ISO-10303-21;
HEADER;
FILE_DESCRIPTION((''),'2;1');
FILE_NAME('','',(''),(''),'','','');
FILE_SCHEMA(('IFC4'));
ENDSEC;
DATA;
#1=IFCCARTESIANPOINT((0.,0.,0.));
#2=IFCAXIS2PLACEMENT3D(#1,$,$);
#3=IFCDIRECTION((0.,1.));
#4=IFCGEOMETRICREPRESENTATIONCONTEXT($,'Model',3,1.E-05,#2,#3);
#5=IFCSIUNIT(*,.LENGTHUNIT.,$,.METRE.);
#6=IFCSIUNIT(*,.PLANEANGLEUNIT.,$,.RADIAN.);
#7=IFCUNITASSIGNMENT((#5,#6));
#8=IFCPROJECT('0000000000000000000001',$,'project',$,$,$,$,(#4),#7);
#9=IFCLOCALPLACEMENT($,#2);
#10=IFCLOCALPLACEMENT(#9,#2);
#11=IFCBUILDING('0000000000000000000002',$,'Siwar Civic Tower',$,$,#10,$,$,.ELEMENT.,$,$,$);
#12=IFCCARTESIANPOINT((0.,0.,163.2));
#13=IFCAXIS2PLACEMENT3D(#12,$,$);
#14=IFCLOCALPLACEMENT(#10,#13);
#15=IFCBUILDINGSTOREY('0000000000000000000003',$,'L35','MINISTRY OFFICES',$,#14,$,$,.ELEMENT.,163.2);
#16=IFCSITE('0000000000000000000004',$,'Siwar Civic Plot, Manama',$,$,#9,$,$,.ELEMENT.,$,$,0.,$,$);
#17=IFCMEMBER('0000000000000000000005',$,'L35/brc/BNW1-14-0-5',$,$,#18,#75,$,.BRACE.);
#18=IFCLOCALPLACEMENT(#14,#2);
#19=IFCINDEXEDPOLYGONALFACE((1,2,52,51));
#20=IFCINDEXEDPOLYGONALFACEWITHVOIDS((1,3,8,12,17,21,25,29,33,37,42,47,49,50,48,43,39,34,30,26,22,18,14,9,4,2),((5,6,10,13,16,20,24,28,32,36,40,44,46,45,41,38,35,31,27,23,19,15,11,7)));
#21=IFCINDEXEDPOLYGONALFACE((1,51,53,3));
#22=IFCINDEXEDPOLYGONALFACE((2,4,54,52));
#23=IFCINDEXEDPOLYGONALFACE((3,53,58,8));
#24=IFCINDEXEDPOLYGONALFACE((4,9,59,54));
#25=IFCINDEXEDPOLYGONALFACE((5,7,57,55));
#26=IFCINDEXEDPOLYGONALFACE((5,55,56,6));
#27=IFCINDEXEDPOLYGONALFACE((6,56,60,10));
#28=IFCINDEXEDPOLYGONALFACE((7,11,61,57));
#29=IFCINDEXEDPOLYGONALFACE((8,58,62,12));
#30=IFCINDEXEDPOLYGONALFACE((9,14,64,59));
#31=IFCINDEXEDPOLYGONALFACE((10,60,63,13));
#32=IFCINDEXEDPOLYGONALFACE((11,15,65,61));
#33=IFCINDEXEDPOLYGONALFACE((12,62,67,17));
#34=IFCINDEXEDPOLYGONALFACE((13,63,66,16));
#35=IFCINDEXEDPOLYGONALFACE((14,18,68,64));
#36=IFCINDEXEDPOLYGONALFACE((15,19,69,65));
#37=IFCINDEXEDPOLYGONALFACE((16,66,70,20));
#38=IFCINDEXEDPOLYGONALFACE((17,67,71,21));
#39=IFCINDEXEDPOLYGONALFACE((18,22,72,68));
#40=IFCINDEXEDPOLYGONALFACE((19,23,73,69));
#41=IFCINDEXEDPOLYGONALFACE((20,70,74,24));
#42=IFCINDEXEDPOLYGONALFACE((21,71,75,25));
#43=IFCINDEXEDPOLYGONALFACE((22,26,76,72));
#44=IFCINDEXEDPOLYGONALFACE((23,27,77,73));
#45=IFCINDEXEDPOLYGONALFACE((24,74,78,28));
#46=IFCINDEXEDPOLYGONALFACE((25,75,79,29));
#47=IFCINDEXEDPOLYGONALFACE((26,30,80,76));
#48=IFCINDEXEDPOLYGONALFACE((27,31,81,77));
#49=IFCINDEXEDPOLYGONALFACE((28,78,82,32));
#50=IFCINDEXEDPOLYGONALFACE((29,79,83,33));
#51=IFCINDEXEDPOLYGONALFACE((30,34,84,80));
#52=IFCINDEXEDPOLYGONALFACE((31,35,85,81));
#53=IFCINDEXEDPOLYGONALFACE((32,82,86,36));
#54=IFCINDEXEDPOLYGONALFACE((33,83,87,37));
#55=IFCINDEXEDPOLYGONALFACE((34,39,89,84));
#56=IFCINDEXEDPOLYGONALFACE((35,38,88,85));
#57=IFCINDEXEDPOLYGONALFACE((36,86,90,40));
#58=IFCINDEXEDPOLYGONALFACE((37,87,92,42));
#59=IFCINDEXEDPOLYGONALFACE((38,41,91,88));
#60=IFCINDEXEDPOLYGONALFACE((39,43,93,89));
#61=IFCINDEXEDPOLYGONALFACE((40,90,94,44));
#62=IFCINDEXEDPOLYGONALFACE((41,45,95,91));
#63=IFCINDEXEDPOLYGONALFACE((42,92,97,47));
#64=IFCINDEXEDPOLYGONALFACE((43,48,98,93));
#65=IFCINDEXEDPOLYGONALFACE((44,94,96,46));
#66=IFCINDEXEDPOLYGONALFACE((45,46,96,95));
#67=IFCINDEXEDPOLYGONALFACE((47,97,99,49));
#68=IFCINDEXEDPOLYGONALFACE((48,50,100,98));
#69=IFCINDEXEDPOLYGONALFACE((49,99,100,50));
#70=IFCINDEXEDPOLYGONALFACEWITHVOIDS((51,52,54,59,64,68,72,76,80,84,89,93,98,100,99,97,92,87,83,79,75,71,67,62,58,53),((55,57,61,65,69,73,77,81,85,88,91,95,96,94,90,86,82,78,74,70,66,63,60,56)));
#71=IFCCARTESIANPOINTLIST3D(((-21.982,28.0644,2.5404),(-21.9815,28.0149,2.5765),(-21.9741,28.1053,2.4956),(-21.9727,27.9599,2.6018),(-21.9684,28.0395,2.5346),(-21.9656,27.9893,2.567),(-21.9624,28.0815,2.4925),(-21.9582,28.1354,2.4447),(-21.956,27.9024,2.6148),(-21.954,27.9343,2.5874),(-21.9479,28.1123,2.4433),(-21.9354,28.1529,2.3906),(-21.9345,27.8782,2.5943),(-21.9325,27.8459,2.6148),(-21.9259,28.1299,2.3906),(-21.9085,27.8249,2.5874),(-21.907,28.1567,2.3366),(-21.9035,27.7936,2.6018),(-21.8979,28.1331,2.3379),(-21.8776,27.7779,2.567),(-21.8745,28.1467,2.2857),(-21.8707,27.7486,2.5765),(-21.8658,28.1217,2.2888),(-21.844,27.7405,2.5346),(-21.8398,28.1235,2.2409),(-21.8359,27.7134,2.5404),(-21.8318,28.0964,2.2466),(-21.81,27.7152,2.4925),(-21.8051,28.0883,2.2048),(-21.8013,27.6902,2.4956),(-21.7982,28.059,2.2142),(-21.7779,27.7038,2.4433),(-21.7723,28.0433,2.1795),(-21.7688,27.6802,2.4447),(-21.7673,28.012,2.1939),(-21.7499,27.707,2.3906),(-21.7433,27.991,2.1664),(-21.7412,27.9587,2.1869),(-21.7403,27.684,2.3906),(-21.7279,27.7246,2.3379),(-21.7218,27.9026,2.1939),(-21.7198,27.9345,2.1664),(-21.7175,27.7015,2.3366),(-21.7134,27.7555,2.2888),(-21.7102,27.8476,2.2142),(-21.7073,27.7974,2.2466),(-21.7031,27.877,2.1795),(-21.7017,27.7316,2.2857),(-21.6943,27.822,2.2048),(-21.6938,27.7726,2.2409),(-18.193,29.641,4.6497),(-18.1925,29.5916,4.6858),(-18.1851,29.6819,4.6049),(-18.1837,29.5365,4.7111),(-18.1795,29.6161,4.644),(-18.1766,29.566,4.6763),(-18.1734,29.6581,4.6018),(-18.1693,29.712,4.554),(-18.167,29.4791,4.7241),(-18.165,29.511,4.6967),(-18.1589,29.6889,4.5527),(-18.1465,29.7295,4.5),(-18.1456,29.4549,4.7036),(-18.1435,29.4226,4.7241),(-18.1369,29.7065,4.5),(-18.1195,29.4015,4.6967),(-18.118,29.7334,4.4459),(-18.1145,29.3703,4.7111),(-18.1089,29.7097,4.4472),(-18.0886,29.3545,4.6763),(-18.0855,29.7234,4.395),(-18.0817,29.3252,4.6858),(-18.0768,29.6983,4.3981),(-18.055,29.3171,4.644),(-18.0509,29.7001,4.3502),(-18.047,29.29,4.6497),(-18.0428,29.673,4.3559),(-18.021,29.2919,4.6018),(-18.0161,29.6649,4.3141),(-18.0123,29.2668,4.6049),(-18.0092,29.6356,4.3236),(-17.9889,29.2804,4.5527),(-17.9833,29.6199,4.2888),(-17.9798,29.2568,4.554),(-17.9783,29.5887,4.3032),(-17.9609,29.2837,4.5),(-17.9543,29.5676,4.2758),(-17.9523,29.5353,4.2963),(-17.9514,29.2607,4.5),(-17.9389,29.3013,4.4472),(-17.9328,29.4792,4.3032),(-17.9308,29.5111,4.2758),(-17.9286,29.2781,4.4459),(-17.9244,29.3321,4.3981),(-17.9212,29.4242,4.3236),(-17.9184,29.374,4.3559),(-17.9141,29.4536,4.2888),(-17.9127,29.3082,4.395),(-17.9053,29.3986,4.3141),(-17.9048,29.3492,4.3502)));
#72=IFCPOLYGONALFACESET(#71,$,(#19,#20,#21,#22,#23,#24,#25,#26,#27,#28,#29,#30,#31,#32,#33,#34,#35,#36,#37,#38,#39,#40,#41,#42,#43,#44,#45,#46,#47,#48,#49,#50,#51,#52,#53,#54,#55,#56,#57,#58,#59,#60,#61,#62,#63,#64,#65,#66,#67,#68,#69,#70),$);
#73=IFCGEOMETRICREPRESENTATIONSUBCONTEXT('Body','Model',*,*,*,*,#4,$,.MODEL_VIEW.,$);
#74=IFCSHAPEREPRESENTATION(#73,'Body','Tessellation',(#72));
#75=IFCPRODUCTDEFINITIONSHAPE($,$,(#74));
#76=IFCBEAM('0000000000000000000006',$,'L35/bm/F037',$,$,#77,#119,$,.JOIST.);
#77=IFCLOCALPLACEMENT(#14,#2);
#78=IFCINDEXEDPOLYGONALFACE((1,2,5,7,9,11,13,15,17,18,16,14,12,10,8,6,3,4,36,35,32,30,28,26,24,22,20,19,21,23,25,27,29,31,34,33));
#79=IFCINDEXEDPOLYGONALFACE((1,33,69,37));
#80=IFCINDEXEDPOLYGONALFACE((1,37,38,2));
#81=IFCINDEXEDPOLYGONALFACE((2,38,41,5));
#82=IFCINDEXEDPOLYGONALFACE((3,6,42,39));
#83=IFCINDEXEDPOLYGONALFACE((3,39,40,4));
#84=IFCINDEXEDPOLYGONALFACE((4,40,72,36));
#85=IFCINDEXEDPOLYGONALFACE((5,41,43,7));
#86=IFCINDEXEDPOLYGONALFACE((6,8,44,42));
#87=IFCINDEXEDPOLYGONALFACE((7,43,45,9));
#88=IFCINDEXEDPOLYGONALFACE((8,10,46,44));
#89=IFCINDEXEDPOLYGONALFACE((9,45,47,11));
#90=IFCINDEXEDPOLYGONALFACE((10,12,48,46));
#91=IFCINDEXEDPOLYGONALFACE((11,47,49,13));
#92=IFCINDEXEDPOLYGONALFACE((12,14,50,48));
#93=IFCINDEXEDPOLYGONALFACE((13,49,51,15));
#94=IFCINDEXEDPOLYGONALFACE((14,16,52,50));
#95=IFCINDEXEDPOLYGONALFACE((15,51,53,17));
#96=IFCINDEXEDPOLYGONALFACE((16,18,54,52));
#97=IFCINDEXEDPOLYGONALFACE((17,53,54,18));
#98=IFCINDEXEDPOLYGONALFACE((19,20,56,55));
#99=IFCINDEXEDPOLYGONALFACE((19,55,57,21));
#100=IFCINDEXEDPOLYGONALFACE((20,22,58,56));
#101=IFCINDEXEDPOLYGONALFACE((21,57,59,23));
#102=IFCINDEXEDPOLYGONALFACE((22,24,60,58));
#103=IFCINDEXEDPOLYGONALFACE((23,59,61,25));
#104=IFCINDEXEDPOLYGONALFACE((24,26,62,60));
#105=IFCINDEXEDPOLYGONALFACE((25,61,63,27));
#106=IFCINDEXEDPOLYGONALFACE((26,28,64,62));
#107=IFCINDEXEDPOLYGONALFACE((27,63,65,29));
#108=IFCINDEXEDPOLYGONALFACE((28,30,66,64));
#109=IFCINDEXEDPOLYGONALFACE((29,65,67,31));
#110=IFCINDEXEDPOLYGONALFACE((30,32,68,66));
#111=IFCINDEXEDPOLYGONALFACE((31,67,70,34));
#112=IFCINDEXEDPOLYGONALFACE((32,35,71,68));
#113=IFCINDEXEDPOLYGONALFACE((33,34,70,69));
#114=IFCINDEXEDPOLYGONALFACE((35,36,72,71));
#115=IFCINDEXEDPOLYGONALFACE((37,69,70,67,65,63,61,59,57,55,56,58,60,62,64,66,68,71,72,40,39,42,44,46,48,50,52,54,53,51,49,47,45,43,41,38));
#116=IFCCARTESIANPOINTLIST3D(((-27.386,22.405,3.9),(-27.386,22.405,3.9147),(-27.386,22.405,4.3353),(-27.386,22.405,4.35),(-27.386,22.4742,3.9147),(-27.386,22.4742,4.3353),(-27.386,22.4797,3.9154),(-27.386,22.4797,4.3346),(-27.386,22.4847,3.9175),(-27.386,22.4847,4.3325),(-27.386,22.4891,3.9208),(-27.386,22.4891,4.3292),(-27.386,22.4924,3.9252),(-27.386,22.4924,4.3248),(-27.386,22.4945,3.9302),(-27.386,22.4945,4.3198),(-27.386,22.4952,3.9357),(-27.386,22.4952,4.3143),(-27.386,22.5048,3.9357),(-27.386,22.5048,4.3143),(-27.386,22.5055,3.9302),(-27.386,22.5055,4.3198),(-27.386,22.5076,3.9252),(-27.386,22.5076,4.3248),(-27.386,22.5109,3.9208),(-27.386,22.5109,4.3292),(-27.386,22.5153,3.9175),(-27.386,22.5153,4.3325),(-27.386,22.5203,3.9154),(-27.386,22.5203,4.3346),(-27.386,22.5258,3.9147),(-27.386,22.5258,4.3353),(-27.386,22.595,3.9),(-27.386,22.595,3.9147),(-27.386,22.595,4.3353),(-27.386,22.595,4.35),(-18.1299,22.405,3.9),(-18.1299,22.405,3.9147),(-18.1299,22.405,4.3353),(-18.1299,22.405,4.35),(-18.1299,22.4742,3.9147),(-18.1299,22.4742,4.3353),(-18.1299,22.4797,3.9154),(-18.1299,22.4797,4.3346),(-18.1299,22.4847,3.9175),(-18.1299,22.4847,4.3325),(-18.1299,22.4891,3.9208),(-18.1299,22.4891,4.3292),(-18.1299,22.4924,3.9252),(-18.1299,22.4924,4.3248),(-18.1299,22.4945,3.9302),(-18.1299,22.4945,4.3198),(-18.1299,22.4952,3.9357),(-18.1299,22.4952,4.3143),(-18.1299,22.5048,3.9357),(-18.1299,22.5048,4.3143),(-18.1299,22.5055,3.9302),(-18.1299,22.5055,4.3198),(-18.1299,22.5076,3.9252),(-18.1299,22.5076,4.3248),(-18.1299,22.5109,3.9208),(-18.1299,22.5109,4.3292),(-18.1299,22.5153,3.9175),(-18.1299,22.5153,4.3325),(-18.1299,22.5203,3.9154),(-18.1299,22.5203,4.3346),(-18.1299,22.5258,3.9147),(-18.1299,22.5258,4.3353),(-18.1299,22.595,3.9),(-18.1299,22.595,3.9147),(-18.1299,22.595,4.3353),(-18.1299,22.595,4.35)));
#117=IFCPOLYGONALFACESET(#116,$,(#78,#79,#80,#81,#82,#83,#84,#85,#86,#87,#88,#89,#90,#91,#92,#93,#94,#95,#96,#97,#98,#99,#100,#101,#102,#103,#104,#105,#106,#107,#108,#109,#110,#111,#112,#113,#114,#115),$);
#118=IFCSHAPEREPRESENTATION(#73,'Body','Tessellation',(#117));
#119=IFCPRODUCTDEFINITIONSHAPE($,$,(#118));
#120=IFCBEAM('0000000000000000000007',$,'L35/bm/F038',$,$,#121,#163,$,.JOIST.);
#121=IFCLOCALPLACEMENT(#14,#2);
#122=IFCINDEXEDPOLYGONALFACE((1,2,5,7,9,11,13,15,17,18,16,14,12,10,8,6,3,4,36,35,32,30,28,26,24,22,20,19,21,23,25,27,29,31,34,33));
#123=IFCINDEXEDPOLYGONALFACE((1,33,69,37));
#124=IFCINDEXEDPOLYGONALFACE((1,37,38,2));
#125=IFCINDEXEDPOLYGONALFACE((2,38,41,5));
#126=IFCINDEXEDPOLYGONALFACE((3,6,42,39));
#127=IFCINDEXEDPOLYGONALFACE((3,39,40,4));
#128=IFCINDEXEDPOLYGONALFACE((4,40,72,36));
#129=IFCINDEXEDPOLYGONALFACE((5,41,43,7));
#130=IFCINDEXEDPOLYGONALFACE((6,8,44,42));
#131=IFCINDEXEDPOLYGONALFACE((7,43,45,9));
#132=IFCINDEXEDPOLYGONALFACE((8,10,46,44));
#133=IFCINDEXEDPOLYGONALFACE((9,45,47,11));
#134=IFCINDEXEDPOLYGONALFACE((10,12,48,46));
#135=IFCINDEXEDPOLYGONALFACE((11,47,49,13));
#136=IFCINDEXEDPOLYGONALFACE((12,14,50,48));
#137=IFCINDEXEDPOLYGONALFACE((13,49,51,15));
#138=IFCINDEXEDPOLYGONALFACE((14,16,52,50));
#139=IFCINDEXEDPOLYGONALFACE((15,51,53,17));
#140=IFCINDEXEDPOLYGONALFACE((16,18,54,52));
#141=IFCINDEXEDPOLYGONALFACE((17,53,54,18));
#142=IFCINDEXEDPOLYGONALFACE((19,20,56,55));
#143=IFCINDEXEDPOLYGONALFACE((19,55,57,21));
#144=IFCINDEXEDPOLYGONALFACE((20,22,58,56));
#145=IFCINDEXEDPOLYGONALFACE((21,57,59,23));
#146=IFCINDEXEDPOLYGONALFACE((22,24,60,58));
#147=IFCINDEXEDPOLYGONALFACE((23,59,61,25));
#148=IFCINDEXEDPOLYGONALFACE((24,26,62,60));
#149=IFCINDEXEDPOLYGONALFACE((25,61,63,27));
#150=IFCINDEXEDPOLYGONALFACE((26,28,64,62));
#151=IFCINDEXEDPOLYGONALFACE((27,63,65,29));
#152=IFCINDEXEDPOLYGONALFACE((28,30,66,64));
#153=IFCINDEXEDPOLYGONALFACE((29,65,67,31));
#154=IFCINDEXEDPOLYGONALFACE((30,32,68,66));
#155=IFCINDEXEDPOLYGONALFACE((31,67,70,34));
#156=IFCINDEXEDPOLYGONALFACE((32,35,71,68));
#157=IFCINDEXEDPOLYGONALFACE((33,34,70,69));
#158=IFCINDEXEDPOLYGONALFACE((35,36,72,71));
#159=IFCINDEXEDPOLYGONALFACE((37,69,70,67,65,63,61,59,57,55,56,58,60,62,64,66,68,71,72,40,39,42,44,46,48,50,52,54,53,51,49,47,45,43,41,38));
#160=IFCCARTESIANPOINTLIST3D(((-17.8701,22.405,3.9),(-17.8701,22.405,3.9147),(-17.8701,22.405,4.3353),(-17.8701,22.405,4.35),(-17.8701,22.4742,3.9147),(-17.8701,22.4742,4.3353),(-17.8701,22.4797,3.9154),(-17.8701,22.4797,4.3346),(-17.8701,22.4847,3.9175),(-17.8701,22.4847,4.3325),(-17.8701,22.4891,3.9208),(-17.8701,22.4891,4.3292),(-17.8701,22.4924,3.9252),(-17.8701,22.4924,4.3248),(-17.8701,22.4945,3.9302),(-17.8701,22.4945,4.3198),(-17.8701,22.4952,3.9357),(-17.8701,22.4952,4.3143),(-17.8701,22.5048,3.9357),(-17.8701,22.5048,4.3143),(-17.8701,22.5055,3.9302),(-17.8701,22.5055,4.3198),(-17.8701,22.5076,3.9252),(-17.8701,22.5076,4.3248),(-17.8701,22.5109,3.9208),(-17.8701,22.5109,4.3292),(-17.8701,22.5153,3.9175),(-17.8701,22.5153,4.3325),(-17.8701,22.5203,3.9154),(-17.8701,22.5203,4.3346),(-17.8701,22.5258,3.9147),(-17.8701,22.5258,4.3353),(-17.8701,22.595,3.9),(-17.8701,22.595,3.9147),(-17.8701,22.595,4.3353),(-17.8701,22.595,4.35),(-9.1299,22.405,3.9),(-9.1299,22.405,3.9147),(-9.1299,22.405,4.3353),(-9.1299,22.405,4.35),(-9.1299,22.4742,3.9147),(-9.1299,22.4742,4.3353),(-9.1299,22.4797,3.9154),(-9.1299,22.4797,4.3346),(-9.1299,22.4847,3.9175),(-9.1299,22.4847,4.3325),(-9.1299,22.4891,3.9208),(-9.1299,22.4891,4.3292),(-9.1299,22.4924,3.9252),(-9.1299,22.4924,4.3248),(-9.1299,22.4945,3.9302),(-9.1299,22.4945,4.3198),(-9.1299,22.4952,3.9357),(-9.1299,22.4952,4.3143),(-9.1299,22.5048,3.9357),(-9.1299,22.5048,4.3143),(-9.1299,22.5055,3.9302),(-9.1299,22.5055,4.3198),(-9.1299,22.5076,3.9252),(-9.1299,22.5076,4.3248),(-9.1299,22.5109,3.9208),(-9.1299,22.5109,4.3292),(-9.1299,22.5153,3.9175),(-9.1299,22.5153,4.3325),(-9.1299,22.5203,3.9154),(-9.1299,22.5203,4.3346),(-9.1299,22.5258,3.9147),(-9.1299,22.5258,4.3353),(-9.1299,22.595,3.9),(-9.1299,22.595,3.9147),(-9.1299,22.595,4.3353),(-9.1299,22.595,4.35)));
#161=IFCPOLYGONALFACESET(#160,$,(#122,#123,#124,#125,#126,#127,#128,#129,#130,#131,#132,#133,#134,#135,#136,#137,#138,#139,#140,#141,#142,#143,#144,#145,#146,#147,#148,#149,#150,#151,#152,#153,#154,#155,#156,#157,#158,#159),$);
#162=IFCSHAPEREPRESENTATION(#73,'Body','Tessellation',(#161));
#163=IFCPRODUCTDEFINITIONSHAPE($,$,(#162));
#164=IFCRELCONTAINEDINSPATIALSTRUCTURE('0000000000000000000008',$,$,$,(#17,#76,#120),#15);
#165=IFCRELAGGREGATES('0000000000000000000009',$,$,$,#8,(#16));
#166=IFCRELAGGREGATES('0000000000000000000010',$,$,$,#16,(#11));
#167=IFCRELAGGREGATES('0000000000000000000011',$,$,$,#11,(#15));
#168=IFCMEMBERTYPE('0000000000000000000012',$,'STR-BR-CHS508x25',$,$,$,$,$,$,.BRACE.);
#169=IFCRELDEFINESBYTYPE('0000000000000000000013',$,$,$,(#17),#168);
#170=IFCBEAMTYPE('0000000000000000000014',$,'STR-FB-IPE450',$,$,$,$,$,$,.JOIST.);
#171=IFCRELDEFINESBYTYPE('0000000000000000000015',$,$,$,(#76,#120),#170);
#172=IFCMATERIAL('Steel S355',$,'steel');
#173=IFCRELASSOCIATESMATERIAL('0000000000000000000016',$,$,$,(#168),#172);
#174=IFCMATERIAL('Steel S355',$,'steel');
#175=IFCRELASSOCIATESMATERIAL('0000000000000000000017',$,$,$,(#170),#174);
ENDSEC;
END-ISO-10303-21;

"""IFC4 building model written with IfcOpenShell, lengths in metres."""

from ifc_helpers import new_model, si_unit, direction, frame, origin, origin_2d, place, context, subcontext, project, spatial, hollow_circle, i_section, extrude, material, material_profile, profile_set, type_object, element, save


model = new_model("IFC4")

# Units and contexts
model_context = context("Model", 3, precision=1e-05, world=origin(), true_north=direction((0.0, 1.0)))
body_context = subcontext(model_context, "Body", "Model", "MODEL_VIEW")
ifc_project = project(units=[si_unit("LENGTHUNIT", "METRE"), si_unit("PLANEANGLEUNIT", "RADIAN")], contexts=[model_context])

# Site, building, storey
site_placement = place(None, origin())
site = spatial("IfcSite", under=ifc_project, at=site_placement, Name="Siwar Civic Plot, Manama", CompositionType="ELEMENT", RefElevation=0.0)
building_placement = place(site_placement, origin())
building = spatial("IfcBuilding", under=site, at=building_placement, Name="Siwar Civic Tower", CompositionType="ELEMENT")
storey_placement = place(building_placement, frame((0.0, 0.0, 163.2)))
storey = spatial("IfcBuildingStorey", under=building, at=storey_placement, Name="L35", Description="MINISTRY OFFICES", CompositionType="ELEMENT", Elevation=163.2)

# Member
ifc_material_1 = material(Name="Steel S355", Category="steel")
ifc_material_profile_1 = material_profile(ifc_material_1, hollow_circle(Radius=0.2539, WallThickness=0.0249, at=origin_2d()), Name="CHS508x25")
ifc_profile_set_1 = profile_set([ifc_material_profile_1], Name="Steel S355")
member_type_1 = type_object("IfcMemberType", Name="STR-BR-CHS508x25", PredefinedType="BRACE", material=ifc_profile_set_1)
member_1_placement = place(storey_placement, frame((-21.8379, 27.9185, 2.3906), z_axis=(0.821146, 0.341686, 0.457133), x_axis=(-0.384176, 0.92326, 0.0)))
element("IfcMember", 1, at=member_1_placement, inside=storey, type_object=member_type_1, Name="L35/brc/BNW1-14-0-5", PredefinedType="BRACE", context=body_context, shape_type="SweptSolid", body=[
    extrude(hollow_circle(Radius=0.2539, WallThickness=0.0249, at=origin_2d()), origin(), (0.0, 0.0, 1.0), 4.6143),
])

# Beams
ifc_material_2 = material(Name="Steel S355", Category="steel")
ifc_material_profile_2 = material_profile(ifc_material_2, i_section(OverallWidth=0.1899, OverallDepth=0.45, WebThickness=0.0095, FlangeThickness=0.0146, FilletRadius=0.021, at=origin_2d()), Name="IPE450")
ifc_profile_set_2 = profile_set([ifc_material_profile_2], Name="Steel S355")
beam_type_1 = type_object("IfcBeamType", Name="STR-FB-IPE450", PredefinedType="JOIST", material=ifc_profile_set_2)
beam_1_placement = place(storey_placement, frame((-27.386, 22.5, 4.125), z_axis=(1.0, 0.0, 0.0), x_axis=(0.0, 1.0, 0.0)))
element("IfcBeam", 2, at=beam_1_placement, inside=storey, type_object=beam_type_1, Name="L35/bm/F037", PredefinedType="JOIST", context=body_context, shape_type="SweptSolid", body=[
    extrude(i_section(OverallWidth=0.1899, OverallDepth=0.45, WebThickness=0.0095, FlangeThickness=0.0146, FilletRadius=0.021, at=origin_2d()), origin(), (0.0, 0.0, 1.0), 9.2561),
])
beam_2_placement = place(storey_placement, frame((-17.8701, 22.5, 4.125), z_axis=(1.0, 0.0, 0.0), x_axis=(0.0, 1.0, 0.0)))
element("IfcBeam", 3, at=beam_2_placement, inside=storey, type_object=beam_type_1, Name="L35/bm/F038", PredefinedType="JOIST", context=body_context, shape_type="SweptSolid", body=[
    extrude(i_section(OverallWidth=0.1899, OverallDepth=0.45, WebThickness=0.0095, FlangeThickness=0.0146, FilletRadius=0.021, at=origin_2d()), origin(), (0.0, 0.0, 1.0), 8.7402),
])

save(model, "model.ifc")
